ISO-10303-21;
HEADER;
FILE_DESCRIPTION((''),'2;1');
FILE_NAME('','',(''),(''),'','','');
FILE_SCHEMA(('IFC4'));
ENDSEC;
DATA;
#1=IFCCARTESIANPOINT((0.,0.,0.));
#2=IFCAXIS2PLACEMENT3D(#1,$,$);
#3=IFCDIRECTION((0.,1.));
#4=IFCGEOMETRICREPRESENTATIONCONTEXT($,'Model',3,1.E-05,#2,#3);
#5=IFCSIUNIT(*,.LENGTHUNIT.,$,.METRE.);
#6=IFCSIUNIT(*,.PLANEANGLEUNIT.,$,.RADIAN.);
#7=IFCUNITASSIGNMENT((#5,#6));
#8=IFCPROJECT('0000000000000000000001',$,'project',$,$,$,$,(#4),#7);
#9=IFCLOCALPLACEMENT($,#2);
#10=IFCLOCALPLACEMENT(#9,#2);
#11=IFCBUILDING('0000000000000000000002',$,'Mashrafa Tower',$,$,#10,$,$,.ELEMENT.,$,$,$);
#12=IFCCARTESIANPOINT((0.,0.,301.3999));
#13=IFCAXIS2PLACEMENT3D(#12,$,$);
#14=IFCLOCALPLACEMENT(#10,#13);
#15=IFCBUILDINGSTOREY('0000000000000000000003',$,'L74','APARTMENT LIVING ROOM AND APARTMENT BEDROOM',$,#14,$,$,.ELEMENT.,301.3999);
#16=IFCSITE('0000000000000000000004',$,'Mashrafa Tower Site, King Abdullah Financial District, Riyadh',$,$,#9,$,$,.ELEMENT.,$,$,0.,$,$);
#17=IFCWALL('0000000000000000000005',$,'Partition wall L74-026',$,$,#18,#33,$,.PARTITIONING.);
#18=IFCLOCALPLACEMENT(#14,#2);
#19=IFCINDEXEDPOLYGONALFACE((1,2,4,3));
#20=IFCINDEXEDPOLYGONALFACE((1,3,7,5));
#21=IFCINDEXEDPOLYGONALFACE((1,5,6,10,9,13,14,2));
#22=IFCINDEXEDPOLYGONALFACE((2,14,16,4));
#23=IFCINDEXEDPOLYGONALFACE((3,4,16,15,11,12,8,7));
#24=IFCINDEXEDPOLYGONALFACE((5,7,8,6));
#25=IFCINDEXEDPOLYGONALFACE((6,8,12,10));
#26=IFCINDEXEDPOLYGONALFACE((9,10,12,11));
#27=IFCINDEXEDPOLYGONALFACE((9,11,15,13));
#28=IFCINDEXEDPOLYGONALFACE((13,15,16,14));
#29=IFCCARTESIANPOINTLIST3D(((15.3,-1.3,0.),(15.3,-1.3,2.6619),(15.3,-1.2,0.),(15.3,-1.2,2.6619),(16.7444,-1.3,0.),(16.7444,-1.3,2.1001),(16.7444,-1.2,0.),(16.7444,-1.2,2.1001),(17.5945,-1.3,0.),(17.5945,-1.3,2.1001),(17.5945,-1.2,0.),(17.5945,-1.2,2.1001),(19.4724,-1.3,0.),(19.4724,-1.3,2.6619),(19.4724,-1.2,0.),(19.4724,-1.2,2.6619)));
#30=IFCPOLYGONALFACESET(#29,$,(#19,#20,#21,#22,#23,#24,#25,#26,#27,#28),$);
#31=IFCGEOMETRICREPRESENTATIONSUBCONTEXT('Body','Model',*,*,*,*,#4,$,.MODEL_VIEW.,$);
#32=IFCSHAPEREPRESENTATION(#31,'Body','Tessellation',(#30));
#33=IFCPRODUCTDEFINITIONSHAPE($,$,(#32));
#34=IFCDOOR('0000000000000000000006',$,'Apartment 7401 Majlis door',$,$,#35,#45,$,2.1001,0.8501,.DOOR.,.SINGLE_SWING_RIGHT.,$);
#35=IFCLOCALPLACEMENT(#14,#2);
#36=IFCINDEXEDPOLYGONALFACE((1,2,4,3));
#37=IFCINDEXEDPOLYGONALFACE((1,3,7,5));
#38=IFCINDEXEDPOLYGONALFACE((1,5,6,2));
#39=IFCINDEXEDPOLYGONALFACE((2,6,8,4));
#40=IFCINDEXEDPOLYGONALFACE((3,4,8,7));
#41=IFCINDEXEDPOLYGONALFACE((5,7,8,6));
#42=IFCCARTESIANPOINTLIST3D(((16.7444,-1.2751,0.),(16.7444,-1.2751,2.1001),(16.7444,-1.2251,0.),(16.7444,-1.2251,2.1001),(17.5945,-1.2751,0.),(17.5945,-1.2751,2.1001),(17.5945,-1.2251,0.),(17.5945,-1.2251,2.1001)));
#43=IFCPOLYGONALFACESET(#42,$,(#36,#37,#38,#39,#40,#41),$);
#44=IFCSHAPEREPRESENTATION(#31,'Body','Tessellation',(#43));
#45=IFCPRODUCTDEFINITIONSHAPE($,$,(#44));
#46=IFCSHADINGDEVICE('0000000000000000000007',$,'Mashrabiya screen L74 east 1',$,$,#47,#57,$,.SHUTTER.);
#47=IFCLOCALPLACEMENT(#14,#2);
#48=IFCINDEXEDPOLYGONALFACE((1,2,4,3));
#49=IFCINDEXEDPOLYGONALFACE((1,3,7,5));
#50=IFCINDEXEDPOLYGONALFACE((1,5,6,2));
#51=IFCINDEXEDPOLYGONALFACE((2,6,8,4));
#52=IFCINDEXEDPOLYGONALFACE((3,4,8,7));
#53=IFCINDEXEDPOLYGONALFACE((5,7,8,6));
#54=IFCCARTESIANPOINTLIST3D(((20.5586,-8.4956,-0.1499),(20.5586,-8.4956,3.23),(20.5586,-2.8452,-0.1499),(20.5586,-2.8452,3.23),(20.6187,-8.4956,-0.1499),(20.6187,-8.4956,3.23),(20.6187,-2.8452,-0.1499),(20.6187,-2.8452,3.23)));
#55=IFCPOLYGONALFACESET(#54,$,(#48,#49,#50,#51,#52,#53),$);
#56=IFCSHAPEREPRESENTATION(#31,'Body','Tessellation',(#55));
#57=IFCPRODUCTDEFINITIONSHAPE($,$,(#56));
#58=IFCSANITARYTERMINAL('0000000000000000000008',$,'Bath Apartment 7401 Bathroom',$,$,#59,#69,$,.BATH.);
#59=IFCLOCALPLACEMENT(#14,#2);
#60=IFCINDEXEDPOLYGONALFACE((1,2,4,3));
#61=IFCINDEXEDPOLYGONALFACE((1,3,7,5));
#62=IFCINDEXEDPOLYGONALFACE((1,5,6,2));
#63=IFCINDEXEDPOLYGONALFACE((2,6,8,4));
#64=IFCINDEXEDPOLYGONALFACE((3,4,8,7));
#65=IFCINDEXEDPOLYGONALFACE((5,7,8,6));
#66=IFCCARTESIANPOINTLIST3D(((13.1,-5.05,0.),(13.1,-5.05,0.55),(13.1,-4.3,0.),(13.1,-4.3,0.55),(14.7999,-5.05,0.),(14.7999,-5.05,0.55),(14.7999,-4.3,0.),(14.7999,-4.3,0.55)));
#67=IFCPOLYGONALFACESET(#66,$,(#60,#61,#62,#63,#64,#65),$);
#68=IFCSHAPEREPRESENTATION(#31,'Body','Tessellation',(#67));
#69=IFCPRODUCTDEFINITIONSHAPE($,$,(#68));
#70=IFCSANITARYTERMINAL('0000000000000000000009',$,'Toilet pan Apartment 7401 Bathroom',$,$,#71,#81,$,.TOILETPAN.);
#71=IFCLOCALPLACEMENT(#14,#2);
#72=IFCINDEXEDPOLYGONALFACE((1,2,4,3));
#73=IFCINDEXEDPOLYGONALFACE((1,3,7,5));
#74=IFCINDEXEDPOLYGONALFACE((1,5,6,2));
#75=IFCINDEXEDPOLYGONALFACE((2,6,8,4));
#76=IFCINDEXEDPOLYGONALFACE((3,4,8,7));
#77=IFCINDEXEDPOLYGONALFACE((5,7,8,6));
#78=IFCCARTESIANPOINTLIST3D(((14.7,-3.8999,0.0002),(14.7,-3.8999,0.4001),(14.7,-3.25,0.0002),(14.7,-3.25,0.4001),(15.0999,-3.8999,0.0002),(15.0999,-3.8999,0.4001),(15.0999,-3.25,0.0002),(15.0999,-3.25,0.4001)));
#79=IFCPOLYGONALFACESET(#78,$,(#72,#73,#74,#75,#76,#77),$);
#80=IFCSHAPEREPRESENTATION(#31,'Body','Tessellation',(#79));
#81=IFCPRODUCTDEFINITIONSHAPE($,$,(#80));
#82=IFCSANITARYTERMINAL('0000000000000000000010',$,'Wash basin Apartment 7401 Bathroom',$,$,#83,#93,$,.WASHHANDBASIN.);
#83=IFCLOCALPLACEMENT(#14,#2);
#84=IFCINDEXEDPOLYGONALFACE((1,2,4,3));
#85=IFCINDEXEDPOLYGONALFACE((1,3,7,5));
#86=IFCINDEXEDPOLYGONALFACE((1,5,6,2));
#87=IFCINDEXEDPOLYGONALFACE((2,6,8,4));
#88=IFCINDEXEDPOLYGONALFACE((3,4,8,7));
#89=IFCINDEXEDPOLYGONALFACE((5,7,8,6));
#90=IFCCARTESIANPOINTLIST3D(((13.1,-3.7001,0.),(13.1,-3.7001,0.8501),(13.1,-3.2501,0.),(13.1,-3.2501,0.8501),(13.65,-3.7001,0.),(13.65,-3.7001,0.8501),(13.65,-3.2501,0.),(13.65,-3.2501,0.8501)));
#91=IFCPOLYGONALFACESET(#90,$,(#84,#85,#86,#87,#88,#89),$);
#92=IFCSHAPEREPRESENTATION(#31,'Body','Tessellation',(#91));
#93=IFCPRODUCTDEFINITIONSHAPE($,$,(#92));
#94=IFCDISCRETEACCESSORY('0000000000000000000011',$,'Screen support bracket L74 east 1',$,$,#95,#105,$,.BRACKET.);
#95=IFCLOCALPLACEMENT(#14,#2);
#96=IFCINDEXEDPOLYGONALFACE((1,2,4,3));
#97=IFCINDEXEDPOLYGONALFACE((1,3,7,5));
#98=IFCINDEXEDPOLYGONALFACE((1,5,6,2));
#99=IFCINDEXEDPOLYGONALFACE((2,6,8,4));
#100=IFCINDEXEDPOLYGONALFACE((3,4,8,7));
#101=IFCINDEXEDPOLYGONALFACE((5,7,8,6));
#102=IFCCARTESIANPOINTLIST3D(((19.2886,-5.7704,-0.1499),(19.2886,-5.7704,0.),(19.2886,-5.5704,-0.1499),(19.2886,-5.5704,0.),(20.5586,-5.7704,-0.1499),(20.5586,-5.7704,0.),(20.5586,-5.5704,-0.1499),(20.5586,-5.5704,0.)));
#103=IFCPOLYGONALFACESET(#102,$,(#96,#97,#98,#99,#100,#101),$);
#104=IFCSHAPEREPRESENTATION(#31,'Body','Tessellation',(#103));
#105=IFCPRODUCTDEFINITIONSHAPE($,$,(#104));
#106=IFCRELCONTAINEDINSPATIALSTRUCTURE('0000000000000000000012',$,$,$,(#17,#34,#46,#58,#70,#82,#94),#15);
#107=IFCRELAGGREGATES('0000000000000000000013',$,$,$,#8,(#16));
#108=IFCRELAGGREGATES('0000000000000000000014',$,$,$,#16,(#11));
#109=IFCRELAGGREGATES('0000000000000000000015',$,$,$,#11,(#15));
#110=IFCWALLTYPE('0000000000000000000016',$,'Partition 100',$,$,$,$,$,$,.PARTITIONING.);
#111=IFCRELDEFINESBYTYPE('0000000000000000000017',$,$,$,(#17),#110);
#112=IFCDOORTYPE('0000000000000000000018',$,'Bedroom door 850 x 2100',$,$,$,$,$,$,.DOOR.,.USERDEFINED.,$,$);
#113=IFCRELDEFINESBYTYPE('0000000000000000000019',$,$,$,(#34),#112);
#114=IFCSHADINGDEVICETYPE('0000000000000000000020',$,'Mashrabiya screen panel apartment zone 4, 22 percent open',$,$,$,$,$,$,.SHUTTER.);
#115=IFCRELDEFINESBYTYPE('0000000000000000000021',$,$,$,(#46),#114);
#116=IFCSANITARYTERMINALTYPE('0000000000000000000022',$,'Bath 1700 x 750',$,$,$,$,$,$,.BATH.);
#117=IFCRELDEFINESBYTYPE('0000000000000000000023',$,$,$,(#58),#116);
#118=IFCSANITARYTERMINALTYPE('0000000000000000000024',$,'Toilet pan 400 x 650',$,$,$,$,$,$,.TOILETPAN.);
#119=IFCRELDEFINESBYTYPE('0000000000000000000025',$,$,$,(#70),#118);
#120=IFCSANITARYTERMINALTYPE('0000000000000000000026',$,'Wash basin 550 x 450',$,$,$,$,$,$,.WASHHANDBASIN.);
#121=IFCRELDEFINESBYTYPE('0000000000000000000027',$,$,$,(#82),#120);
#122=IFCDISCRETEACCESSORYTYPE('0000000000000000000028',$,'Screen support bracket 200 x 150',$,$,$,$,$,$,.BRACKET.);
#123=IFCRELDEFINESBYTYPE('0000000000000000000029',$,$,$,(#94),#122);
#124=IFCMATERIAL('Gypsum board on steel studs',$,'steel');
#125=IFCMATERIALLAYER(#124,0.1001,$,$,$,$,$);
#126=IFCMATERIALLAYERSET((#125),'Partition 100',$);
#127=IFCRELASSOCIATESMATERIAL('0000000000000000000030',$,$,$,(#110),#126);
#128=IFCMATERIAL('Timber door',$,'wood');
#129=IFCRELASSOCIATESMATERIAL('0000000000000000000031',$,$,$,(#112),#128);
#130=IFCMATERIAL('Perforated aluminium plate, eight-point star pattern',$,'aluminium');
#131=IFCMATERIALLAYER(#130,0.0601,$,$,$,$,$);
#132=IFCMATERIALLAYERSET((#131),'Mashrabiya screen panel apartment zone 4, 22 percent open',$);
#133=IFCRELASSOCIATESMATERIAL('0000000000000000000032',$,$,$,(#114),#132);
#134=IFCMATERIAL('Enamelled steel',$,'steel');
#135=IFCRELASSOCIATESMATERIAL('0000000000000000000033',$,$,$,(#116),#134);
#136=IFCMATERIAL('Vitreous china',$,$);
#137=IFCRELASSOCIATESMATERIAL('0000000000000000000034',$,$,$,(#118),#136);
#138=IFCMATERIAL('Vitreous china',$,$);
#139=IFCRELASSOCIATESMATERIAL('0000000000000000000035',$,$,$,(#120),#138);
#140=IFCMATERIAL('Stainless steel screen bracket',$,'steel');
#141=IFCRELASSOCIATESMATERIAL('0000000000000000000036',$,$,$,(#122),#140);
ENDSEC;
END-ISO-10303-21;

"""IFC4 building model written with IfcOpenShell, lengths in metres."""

from ifc_helpers import new_model, si_unit, direction, frame, frame_2d, origin, origin_2d, place, context, subcontext, project, spatial, rectangle, extrude, source, transform, mapped, material, layer, layer_set, type_object, type_shapes, element, fill, save


model = new_model("IFC4")

# Units and contexts
model_context = context("Model", 3, precision=1e-05, world=origin(), true_north=direction((0.0, 1.0)))
body_context = subcontext(model_context, "Body", "Model", "MODEL_VIEW")
ifc_project = project(units=[si_unit("LENGTHUNIT", "METRE"), si_unit("PLANEANGLEUNIT", "RADIAN")], contexts=[model_context])

# Site, building, storey
site_placement = place(None, origin())
site = spatial("IfcSite", under=ifc_project, at=site_placement, Name="Mashrafa Tower Site, King Abdullah Financial District, Riyadh", CompositionType="ELEMENT", RefElevation=0.0)
building_placement = place(site_placement, origin())
building = spatial("IfcBuilding", under=site, at=building_placement, Name="Mashrafa Tower", CompositionType="ELEMENT")
storey_placement = place(building_placement, frame((0.0, 0.0, 301.3999)))
storey = spatial("IfcBuildingStorey", under=building, at=storey_placement, Name="L74", Description="APARTMENT LIVING ROOM AND APARTMENT BEDROOM", CompositionType="ELEMENT", Elevation=301.3999)

# Shared definitions
ifc_material_1 = material(Name="Gypsum board on steel studs", Category="steel")
ifc_layer_1 = layer(ifc_material_1, 0.1001)
ifc_layer_set_1 = layer_set([ifc_layer_1], Name="Partition 100")
wall_type_1 = type_object("IfcWallType", Name="Partition 100", PredefinedType="PARTITIONING", material=ifc_layer_set_1)

# Wall, opening, door
wall_1_placement = place(storey_placement, frame((15.3, -1.25, 0.0), z_axis=(0.0, 0.0, 1.0), x_axis=(1.0, 0.0, 0.0)))
wall_1 = element("IfcWall", 1, at=wall_1_placement, inside=storey, type_object=wall_type_1, Name="Partition wall L74-026", PredefinedType="PARTITIONING", context=body_context, shape_type="SweptSolid", body=[
    extrude(rectangle(XDim=4.1724, YDim=0.1001, at=frame_2d((2.0862, 0.0))), origin(), (0.0, 0.0, 1.0), 2.6619),
])
opening_1_placement = place(wall_1_placement, frame((1.4443, 0.0, 0.0)))
opening_1 = element("IfcOpeningElement", 2, at=opening_1_placement, cuts=wall_1, PredefinedType="OPENING", context=body_context, shape_type="SweptSolid", body=[
    extrude(rectangle(XDim=0.8501, YDim=2.1001, at=frame_2d((0.425, 1.05))), frame((0.0, 0.0601, 0.0), z_axis=(0.0, -1.0, 0.0), x_axis=(1.0, 0.0, 0.0)), (0.0, 0.0, 1.0), 0.1201),
])
ifc_material_2 = material(Name="Timber door", Category="wood")
door_type_1 = type_object("IfcDoorType", Name="Bedroom door 850 x 2100", OperationType="USERDEFINED", PredefinedType="DOOR", material=ifc_material_2)
door_1_placement = place(opening_1_placement, origin())
door_1 = element("IfcDoor", 3, at=door_1_placement, inside=storey, type_object=door_type_1, Name="Apartment 7401 Majlis door", OperationType="SINGLE_SWING_RIGHT", OverallHeight=2.1001, OverallWidth=0.8501, PredefinedType="DOOR", context=body_context, shape_type="SweptSolid", body=[
    extrude(rectangle(XDim=0.8501, YDim=2.1001, at=frame_2d((0.425, 1.05))), frame((0.0, 0.0249, 0.0), z_axis=(0.0, -1.0, 0.0), x_axis=(1.0, 0.0, 0.0)), (0.0, 0.0, 1.0), 0.05),
])
fill(opening_1, door_1)

# Shading device
ifc_material_3 = material(Name="Perforated aluminium plate, eight-point star pattern", Category="aluminium")
ifc_layer_2 = layer(ifc_material_3, 0.0601)
ifc_layer_set_2 = layer_set([ifc_layer_2], Name="Mashrabiya screen panel apartment zone 4, 22 percent open")
shading_device_type = type_object("IfcShadingDeviceType", Name="Mashrabiya screen panel apartment zone 4, 22 percent open", PredefinedType="SHUTTER", material=ifc_layer_set_2)
shared_shape_1 = source(origin(), body_context, "Body", "SweptSolid", [
    extrude(rectangle(XDim=5.6504, YDim=0.0601, at=origin_2d()), origin(), (0.0, 0.0, 1.0), 3.3799),
])
type_shapes(shading_device_type, [shared_shape_1])
shading_device_placement = place(storey_placement, frame((20.5886, -5.6704, -0.1499), z_axis=(0.0, 0.0, 1.0), x_axis=(0.0, 1.0, 0.0)))
element("IfcShadingDevice", 4, at=shading_device_placement, inside=storey, type_object=shading_device_type, Name="Mashrabiya screen L74 east 1", PredefinedType="SHUTTER", context=body_context, shape_type="MappedRepresentation", body=[
    mapped(shared_shape_1, transform((0.0, 0.0, 0.0))),
])

# Sanitary terminals
ifc_material_4 = material(Name="Enamelled steel", Category="steel")
sanitary_terminal_type_1 = type_object("IfcSanitaryTerminalType", Name="Bath 1700 x 750", PredefinedType="BATH", material=ifc_material_4)
sanitary_terminal_1_placement = place(storey_placement, frame((13.95, -4.675, 0.0), z_axis=(0.0, 0.0, 1.0), x_axis=(1.0, 0.0, 0.0)))
element("IfcSanitaryTerminal", 5, at=sanitary_terminal_1_placement, inside=storey, type_object=sanitary_terminal_type_1, Name="Bath Apartment 7401 Bathroom", PredefinedType="BATH", context=body_context, shape_type="SweptSolid", body=[
    extrude(rectangle(XDim=1.7, YDim=0.75, at=origin_2d()), origin(), (0.0, 0.0, 1.0), 0.55),
])
ifc_material_5 = material(Name="Vitreous china")
sanitary_terminal_type_2 = type_object("IfcSanitaryTerminalType", Name="Toilet pan 400 x 650", PredefinedType="TOILETPAN", material=ifc_material_5)
sanitary_terminal_2_placement = place(storey_placement, frame((14.8999, -3.575, 0.0002), z_axis=(0.0, 0.0, 1.0), x_axis=(-1.0, 0.0, 0.0)))
element("IfcSanitaryTerminal", 6, at=sanitary_terminal_2_placement, inside=storey, type_object=sanitary_terminal_type_2, Name="Toilet pan Apartment 7401 Bathroom", PredefinedType="TOILETPAN", context=body_context, shape_type="SweptSolid", body=[
    extrude(rectangle(XDim=0.3999, YDim=0.6499, at=origin_2d()), origin(), (0.0, 0.0, 1.0), 0.3999),
])
ifc_material_6 = material(Name="Vitreous china")
sanitary_terminal_type_3 = type_object("IfcSanitaryTerminalType", Name="Wash basin 550 x 450", PredefinedType="WASHHANDBASIN", material=ifc_material_6)
sanitary_terminal_3_placement = place(storey_placement, frame((13.375, -3.4751, 0.0), z_axis=(0.0, 0.0, 1.0), x_axis=(-1.0, 0.0, 0.0)))
element("IfcSanitaryTerminal", 7, at=sanitary_terminal_3_placement, inside=storey, type_object=sanitary_terminal_type_3, Name="Wash basin Apartment 7401 Bathroom", PredefinedType="WASHHANDBASIN", context=body_context, shape_type="SweptSolid", body=[
    extrude(rectangle(XDim=0.55, YDim=0.45, at=origin_2d()), origin(), (0.0, 0.0, 1.0), 0.8501),
])

# Discrete accessory
ifc_material_7 = material(Name="Stainless steel screen bracket", Category="steel")
discrete_accessory_type = type_object("IfcDiscreteAccessoryType", Name="Screen support bracket 200 x 150", PredefinedType="BRACKET", material=ifc_material_7)
shared_shape_2 = source(origin(), body_context, "Body", "SweptSolid", [
    extrude(rectangle(XDim=0.2, YDim=1.27, at=origin_2d()), origin(), (0.0, 0.0, 1.0), 0.1499),
])
type_shapes(discrete_accessory_type, [shared_shape_2])
discrete_accessory_placement = place(storey_placement, frame((19.9236, -5.6704, -0.1499), z_axis=(0.0, 0.0, 1.0), x_axis=(0.0, 1.0, 0.0)))
element("IfcDiscreteAccessory", 8, at=discrete_accessory_placement, inside=storey, type_object=discrete_accessory_type, Name="Screen support bracket L74 east 1", PredefinedType="BRACKET", context=body_context, shape_type="MappedRepresentation", body=[
    mapped(shared_shape_2, transform((0.0, 0.0, 0.0))),
])

save(model, "model.ifc")
